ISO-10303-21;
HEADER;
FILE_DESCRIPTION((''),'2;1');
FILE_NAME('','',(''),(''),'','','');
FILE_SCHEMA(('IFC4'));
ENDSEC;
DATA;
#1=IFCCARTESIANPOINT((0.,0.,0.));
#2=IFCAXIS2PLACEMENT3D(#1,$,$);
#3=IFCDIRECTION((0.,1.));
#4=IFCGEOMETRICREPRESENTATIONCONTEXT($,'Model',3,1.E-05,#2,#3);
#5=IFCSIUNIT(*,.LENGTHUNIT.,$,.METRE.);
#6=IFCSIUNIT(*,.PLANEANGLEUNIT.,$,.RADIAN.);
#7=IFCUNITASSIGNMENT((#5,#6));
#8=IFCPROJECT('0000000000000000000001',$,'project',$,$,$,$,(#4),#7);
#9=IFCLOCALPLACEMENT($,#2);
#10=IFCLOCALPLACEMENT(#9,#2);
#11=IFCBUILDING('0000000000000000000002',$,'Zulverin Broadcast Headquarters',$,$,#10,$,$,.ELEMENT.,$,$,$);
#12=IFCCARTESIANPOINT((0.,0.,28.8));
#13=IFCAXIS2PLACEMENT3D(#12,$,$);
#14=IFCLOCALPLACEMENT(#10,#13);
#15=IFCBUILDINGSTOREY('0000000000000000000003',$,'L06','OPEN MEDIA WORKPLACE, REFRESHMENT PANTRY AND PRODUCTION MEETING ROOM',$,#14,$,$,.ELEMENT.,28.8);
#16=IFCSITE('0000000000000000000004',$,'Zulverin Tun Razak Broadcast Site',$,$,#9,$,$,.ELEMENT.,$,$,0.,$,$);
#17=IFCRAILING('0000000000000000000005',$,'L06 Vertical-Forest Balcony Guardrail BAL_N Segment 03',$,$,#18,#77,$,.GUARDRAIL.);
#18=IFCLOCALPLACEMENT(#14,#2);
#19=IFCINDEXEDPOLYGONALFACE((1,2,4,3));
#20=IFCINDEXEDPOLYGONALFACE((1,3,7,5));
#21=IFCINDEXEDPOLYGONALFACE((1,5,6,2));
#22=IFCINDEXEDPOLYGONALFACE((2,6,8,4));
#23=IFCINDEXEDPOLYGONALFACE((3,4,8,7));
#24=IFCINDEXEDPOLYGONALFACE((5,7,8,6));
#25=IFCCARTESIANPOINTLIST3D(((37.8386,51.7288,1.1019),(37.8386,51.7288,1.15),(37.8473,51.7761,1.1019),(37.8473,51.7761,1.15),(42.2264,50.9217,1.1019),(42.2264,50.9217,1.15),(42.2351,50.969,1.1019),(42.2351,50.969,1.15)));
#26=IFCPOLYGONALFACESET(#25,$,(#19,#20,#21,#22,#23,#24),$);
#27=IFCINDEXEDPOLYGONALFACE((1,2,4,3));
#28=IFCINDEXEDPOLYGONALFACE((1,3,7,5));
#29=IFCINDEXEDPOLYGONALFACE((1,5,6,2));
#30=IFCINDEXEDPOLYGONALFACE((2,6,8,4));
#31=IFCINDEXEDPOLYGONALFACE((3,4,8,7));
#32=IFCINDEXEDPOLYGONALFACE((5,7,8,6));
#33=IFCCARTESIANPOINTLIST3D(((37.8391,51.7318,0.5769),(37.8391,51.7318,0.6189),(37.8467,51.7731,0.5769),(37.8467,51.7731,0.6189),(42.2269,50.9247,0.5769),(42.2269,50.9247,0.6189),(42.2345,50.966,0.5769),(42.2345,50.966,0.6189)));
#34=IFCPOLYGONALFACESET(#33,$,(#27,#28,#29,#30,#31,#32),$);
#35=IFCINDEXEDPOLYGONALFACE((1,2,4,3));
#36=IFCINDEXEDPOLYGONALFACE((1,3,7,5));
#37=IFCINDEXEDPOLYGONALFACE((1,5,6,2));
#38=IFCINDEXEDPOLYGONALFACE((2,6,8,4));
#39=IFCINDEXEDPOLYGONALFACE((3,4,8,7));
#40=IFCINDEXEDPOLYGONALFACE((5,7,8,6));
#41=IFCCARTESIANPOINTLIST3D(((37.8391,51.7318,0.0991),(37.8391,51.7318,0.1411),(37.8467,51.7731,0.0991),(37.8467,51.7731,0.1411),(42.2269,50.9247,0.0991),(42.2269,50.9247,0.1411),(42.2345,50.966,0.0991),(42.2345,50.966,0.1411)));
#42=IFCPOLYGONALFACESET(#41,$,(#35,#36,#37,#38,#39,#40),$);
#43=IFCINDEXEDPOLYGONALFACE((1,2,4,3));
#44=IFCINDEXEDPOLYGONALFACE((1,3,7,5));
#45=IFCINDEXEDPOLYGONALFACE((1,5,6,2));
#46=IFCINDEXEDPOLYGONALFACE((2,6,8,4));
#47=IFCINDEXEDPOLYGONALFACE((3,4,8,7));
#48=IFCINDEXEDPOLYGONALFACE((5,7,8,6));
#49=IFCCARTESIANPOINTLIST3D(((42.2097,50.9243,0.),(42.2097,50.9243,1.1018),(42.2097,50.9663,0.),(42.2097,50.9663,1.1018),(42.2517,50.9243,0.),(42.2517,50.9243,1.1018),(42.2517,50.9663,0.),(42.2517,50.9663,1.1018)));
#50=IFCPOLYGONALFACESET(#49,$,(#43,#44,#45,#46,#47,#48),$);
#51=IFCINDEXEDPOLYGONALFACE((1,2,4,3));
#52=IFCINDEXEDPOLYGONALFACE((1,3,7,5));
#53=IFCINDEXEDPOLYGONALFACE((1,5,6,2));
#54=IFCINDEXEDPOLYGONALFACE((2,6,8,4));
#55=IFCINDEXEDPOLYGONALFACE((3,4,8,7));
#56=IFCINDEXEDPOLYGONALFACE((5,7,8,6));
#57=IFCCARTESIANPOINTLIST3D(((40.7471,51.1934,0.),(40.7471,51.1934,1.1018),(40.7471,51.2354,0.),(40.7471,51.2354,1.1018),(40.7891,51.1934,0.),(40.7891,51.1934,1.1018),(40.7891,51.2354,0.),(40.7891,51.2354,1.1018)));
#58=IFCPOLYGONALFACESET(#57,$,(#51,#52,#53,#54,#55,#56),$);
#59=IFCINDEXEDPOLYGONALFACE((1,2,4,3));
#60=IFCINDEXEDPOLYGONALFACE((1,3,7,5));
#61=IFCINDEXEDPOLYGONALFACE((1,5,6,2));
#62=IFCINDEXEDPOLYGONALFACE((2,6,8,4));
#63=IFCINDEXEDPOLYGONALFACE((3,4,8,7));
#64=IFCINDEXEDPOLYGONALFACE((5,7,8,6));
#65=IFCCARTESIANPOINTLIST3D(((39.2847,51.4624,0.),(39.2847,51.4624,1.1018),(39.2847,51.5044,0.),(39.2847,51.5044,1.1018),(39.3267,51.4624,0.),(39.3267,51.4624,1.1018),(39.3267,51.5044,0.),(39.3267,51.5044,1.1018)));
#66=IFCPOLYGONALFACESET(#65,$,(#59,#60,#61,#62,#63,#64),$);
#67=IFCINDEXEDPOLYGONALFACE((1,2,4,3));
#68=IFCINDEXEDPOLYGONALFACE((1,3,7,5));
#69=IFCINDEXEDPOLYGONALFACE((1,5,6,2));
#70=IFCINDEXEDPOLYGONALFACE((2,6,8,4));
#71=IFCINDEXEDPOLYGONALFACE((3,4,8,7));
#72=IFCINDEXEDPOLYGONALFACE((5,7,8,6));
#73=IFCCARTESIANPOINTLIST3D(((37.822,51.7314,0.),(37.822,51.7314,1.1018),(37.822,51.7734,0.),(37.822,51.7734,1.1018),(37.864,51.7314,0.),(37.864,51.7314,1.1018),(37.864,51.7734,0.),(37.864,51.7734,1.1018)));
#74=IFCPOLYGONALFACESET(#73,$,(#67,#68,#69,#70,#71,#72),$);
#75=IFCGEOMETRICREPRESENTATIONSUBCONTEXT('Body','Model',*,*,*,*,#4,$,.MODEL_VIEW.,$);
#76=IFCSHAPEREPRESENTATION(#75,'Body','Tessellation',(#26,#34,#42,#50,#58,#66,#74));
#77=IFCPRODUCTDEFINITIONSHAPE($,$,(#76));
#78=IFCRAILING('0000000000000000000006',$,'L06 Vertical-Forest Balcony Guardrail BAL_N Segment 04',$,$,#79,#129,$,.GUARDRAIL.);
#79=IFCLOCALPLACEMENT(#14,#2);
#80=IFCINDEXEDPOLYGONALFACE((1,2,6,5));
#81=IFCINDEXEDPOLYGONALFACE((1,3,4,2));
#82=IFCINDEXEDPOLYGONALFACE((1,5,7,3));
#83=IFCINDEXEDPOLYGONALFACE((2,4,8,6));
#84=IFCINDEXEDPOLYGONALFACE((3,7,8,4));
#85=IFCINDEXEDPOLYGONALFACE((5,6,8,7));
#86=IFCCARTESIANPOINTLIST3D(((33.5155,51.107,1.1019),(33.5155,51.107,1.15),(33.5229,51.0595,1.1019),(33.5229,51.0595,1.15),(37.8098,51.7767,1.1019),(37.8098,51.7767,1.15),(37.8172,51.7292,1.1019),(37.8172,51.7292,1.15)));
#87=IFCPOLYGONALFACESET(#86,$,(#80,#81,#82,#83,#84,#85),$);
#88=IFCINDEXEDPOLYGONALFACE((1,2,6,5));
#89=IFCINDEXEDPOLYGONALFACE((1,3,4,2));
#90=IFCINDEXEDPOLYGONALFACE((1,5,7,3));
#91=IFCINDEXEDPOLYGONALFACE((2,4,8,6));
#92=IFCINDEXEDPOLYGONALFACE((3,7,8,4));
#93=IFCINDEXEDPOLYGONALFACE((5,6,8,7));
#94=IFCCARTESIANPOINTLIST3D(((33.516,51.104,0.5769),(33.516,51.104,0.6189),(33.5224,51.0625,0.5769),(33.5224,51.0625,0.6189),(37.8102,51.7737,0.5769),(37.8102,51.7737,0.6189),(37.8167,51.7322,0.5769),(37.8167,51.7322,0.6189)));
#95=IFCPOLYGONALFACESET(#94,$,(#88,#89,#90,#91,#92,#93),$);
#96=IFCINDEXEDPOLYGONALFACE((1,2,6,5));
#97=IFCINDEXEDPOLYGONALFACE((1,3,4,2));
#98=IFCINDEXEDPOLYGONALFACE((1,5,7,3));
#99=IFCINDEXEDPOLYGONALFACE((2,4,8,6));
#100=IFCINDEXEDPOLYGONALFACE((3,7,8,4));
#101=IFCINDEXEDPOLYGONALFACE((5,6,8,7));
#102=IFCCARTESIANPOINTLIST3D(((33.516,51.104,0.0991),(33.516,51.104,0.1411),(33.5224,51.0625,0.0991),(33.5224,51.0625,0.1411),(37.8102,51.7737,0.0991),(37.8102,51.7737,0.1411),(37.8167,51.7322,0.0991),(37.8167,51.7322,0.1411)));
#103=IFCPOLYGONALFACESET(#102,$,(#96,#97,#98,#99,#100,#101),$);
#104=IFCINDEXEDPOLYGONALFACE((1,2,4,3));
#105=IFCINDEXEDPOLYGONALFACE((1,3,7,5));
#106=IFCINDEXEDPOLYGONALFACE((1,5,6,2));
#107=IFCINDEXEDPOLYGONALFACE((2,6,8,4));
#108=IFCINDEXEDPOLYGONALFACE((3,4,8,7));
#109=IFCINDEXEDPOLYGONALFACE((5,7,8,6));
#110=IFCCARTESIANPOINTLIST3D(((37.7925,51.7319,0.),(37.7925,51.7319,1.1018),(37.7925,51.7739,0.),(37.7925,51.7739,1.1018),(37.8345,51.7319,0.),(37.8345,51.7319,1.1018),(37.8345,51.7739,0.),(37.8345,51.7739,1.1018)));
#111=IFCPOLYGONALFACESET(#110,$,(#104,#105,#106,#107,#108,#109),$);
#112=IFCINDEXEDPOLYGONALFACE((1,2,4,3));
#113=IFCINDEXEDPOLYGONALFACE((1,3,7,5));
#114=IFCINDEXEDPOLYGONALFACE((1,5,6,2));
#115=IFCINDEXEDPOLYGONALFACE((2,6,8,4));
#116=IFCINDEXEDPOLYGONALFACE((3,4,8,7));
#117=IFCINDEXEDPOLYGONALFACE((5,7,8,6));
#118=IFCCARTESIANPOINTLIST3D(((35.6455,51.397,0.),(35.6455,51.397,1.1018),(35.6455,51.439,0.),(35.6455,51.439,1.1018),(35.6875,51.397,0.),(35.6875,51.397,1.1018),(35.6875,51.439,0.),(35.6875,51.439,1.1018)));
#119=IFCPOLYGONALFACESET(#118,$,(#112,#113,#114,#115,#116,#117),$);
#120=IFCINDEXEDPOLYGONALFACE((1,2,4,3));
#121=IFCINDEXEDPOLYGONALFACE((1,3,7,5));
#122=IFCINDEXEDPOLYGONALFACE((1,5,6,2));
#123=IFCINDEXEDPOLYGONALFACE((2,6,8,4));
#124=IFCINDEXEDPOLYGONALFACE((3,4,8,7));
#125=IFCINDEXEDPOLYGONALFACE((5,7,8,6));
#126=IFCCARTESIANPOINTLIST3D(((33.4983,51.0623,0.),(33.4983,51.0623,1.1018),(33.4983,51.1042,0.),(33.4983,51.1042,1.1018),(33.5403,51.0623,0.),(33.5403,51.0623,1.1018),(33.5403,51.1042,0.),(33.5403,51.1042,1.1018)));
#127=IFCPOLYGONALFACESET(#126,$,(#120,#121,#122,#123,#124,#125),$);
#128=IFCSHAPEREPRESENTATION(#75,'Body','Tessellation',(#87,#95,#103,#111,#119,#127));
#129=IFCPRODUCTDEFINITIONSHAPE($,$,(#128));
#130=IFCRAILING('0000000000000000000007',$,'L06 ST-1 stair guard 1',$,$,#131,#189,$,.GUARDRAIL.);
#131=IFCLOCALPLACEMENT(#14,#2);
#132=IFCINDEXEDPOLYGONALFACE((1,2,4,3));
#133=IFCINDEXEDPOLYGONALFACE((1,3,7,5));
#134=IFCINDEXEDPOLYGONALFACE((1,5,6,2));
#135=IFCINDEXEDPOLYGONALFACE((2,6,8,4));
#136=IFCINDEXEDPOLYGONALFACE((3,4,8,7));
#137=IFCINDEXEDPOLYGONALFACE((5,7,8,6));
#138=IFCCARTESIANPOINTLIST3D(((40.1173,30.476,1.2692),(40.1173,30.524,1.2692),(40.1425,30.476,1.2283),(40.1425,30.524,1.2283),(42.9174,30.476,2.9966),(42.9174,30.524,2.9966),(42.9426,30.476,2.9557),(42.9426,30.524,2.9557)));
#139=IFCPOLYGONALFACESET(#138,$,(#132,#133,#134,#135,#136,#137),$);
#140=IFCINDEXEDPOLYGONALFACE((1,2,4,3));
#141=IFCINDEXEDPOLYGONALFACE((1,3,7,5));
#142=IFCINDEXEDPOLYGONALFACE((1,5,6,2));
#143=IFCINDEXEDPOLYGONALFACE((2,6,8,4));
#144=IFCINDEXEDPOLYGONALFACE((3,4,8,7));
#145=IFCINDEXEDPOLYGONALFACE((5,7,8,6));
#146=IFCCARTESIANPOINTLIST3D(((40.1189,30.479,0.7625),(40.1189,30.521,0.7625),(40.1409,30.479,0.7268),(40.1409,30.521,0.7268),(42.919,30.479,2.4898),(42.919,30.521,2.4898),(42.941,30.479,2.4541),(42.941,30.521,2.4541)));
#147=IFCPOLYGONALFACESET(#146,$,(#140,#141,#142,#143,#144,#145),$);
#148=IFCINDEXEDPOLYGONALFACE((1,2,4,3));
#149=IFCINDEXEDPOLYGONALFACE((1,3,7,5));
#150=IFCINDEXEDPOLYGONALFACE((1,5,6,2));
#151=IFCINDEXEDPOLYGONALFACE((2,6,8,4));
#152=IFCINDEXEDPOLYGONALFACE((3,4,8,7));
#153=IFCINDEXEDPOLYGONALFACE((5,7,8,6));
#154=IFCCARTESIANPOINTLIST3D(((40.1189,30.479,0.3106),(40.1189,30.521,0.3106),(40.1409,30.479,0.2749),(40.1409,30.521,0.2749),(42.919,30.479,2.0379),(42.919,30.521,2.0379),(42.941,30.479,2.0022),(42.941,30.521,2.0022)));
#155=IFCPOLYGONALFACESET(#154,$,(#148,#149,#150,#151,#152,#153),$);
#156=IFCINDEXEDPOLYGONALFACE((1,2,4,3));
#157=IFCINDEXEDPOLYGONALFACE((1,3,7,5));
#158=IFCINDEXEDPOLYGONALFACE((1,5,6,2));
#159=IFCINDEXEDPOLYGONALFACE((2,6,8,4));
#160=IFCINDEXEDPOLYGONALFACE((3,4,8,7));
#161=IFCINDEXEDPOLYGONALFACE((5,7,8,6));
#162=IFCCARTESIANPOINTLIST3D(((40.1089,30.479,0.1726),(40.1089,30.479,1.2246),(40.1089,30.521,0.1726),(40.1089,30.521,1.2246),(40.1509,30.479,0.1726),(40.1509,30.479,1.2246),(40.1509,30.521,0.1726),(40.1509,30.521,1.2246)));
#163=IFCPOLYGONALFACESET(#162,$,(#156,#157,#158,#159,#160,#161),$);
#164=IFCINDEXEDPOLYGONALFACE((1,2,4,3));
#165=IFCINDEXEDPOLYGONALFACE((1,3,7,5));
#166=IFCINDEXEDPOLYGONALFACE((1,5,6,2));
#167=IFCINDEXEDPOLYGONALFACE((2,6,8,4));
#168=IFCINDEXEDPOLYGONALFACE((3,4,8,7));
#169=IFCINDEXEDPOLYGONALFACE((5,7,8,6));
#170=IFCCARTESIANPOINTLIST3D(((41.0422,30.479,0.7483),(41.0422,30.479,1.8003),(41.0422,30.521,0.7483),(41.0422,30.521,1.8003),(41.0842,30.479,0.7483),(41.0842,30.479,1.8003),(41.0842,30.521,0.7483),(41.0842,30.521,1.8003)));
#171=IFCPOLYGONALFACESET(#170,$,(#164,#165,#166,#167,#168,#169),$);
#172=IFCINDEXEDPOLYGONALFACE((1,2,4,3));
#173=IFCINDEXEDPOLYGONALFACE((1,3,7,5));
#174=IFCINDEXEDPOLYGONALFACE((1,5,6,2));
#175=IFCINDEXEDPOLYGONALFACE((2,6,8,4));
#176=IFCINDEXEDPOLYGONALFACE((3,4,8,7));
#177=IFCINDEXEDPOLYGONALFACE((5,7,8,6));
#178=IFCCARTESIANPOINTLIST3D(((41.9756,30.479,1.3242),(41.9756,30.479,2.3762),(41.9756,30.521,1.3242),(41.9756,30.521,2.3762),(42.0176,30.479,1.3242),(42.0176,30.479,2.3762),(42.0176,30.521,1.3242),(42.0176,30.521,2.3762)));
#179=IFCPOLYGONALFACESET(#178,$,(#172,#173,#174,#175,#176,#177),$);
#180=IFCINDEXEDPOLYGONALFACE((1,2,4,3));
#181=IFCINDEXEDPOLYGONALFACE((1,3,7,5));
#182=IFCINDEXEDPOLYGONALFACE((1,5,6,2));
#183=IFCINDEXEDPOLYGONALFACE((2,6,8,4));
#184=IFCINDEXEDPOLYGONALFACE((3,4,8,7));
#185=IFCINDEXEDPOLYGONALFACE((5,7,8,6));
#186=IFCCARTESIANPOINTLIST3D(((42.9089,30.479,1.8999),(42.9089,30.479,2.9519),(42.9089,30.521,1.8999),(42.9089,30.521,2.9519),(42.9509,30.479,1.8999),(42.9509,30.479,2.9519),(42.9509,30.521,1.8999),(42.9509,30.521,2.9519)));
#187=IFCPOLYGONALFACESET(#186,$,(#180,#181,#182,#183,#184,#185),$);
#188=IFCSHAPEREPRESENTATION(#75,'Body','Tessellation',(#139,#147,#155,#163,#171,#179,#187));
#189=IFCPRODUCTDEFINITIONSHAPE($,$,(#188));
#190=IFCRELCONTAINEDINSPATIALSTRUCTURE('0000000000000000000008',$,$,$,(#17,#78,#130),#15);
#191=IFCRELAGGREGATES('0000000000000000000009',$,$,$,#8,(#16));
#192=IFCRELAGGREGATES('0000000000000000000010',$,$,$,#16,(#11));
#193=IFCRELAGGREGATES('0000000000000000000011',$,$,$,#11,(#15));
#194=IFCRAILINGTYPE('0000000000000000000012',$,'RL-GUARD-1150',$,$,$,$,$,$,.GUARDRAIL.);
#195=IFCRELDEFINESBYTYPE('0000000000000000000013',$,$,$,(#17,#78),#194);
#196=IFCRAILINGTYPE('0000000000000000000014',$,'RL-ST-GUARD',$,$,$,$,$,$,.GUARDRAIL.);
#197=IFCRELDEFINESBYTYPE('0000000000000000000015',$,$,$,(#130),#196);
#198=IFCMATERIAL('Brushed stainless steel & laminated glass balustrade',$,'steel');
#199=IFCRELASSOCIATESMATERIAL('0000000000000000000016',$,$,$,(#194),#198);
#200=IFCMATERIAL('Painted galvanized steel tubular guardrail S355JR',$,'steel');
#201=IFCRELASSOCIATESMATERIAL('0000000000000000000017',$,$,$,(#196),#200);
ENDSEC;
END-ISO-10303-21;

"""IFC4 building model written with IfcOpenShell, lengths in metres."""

from ifc_helpers import new_model, si_unit, direction, frame, origin, origin_2d, place, context, subcontext, project, spatial, rectangle, extrude, material, type_object, element, save


model = new_model("IFC4")

# Units and contexts
model_context = context("Model", 3, precision=1e-05, world=origin(), true_north=direction((0.0, 1.0)))
body_context = subcontext(model_context, "Body", "Model", "MODEL_VIEW")
ifc_project = project(units=[si_unit("LENGTHUNIT", "METRE"), si_unit("PLANEANGLEUNIT", "RADIAN")], contexts=[model_context])

# Site, building, storey
site_placement = place(None, origin())
site = spatial("IfcSite", under=ifc_project, at=site_placement, Name="Zulverin Tun Razak Broadcast Site", CompositionType="ELEMENT", RefElevation=0.0)
building_placement = place(site_placement, origin())
building = spatial("IfcBuilding", under=site, at=building_placement, Name="Zulverin Broadcast Headquarters", CompositionType="ELEMENT")
storey_placement = place(building_placement, frame((0.0, 0.0, 28.8)))
storey = spatial("IfcBuildingStorey", under=building, at=storey_placement, Name="L06", Description="OPEN MEDIA WORKPLACE, REFRESHMENT PANTRY AND PRODUCTION MEETING ROOM", CompositionType="ELEMENT", Elevation=28.8)

# Railings
ifc_material_1 = material(Name="Brushed stainless steel & laminated glass balustrade", Category="steel")
railing_type_1 = type_object("IfcRailingType", Name="RL-GUARD-1150", PredefinedType="GUARDRAIL", material=ifc_material_1)
railing_1_placement = place(storey_placement, frame((42.2307, 50.9453, 0.0)))
element("IfcRailing", 1, at=railing_1_placement, inside=storey, type_object=railing_type_1, Name="L06 Vertical-Forest Balcony Guardrail BAL_N Segment 03", PredefinedType="GUARDRAIL", context=body_context, shape_type="SweptSolid", body=[
    extrude(rectangle(XDim=0.0481, YDim=0.0481, at=origin_2d()), frame((0.0, 0.0, 1.126), z_axis=(-0.983498, 0.180917, 0.0), x_axis=(-0.180917, -0.983498, 0.0)), (0.0, 0.0, 1.0), 4.4614),
    extrude(rectangle(XDim=0.042, YDim=0.042, at=origin_2d()), frame((0.0, 0.0, 0.5979), z_axis=(-0.983498, 0.180917, 0.0), x_axis=(-0.180917, -0.983498, 0.0)), (0.0, 0.0, 1.0), 4.4614),
    extrude(rectangle(XDim=0.042, YDim=0.042, at=origin_2d()), frame((0.0, 0.0, 0.1201), z_axis=(-0.983498, 0.180917, 0.0), x_axis=(-0.180917, -0.983498, 0.0)), (0.0, 0.0, 1.0), 4.4614),
    extrude(rectangle(XDim=0.042, YDim=0.042, at=origin_2d()), origin(), (0.0, 0.0, 1.0), 1.1018),
    extrude(rectangle(XDim=0.042, YDim=0.042, at=origin_2d()), frame((-1.4626, 0.269, 0.0)), (0.0, 0.0, 1.0), 1.1018),
    extrude(rectangle(XDim=0.042, YDim=0.042, at=origin_2d()), frame((-2.925, 0.5381, 0.0)), (0.0, 0.0, 1.0), 1.1018),
    extrude(rectangle(XDim=0.042, YDim=0.042, at=origin_2d()), frame((-4.3877, 0.8071, 0.0)), (0.0, 0.0, 1.0), 1.1018),
])
railing_2_placement = place(storey_placement, frame((37.8135, 51.7529, 0.0)))
element("IfcRailing", 2, at=railing_2_placement, inside=storey, type_object=railing_type_1, Name="L06 Vertical-Forest Balcony Guardrail BAL_N Segment 04", PredefinedType="GUARDRAIL", context=body_context, shape_type="SweptSolid", body=[
    extrude(rectangle(XDim=0.0481, YDim=0.0481, at=origin_2d()), frame((0.0, 0.0, 1.126), z_axis=(-0.988057, -0.154087, 0.0), x_axis=(0.154087, -0.988057, 0.0)), (0.0, 0.0, 1.0), 4.3462),
    extrude(rectangle(XDim=0.042, YDim=0.042, at=origin_2d()), frame((0.0, 0.0, 0.5979), z_axis=(-0.988057, -0.154087, 0.0), x_axis=(0.154087, -0.988057, 0.0)), (0.0, 0.0, 1.0), 4.3462),
    extrude(rectangle(XDim=0.042, YDim=0.042, at=origin_2d()), frame((0.0, 0.0, 0.1201), z_axis=(-0.988057, -0.154087, 0.0), x_axis=(0.154087, -0.988057, 0.0)), (0.0, 0.0, 1.0), 4.3462),
    extrude(rectangle(XDim=0.042, YDim=0.042, at=origin_2d()), origin(), (0.0, 0.0, 1.0), 1.1018),
    extrude(rectangle(XDim=0.042, YDim=0.042, at=origin_2d()), frame((-2.147, -0.335, 0.0)), (0.0, 0.0, 1.0), 1.1018),
    extrude(rectangle(XDim=0.042, YDim=0.042, at=origin_2d()), frame((-4.2942, -0.6697, 0.0)), (0.0, 0.0, 1.0), 1.1018),
])
ifc_material_2 = material(Name="Painted galvanized steel tubular guardrail S355JR", Category="steel")
railing_type_2 = type_object("IfcRailingType", Name="RL-ST-GUARD", PredefinedType="GUARDRAIL", material=ifc_material_2)
railing_3_placement = place(storey_placement, frame((40.1299, 30.5, 0.1726)))
element("IfcRailing", 3, at=railing_3_placement, inside=storey, type_object=railing_type_2, Name="L06 ST-1 stair guard 1", PredefinedType="GUARDRAIL", context=body_context, shape_type="SweptSolid", body=[
    extrude(rectangle(XDim=0.0481, YDim=0.0481, at=origin_2d()), frame((0.0, 0.0, 1.0762), z_axis=(0.85109, 0.0, 0.52502), x_axis=(0.0, 1.0, 0.0)), (0.0, 0.0, 1.0), 3.29),
    extrude(rectangle(XDim=0.042, YDim=0.042, at=origin_2d()), frame((0.0, 0.0, 0.572), z_axis=(0.85109, 0.0, 0.52502), x_axis=(0.0, 1.0, 0.0)), (0.0, 0.0, 1.0), 3.29),
    extrude(rectangle(XDim=0.042, YDim=0.042, at=origin_2d()), frame((0.0, 0.0, 0.1201), z_axis=(0.85109, 0.0, 0.52502), x_axis=(0.0, 1.0, 0.0)), (0.0, 0.0, 1.0), 3.29),
    extrude(rectangle(XDim=0.042, YDim=0.042, at=origin_2d()), origin(), (0.0, 0.0, 1.0), 1.052),
    extrude(rectangle(XDim=0.042, YDim=0.042, at=origin_2d()), frame((0.9333, 0.0, 0.5757)), (0.0, 0.0, 1.0), 1.052),
    extrude(rectangle(XDim=0.042, YDim=0.042, at=origin_2d()), frame((1.8667, 0.0, 1.1516)), (0.0, 0.0, 1.0), 1.052),
    extrude(rectangle(XDim=0.042, YDim=0.042, at=origin_2d()), frame((2.8, 0.0, 1.7273)), (0.0, 0.0, 1.0), 1.052),
])

save(model, "model.ifc")
